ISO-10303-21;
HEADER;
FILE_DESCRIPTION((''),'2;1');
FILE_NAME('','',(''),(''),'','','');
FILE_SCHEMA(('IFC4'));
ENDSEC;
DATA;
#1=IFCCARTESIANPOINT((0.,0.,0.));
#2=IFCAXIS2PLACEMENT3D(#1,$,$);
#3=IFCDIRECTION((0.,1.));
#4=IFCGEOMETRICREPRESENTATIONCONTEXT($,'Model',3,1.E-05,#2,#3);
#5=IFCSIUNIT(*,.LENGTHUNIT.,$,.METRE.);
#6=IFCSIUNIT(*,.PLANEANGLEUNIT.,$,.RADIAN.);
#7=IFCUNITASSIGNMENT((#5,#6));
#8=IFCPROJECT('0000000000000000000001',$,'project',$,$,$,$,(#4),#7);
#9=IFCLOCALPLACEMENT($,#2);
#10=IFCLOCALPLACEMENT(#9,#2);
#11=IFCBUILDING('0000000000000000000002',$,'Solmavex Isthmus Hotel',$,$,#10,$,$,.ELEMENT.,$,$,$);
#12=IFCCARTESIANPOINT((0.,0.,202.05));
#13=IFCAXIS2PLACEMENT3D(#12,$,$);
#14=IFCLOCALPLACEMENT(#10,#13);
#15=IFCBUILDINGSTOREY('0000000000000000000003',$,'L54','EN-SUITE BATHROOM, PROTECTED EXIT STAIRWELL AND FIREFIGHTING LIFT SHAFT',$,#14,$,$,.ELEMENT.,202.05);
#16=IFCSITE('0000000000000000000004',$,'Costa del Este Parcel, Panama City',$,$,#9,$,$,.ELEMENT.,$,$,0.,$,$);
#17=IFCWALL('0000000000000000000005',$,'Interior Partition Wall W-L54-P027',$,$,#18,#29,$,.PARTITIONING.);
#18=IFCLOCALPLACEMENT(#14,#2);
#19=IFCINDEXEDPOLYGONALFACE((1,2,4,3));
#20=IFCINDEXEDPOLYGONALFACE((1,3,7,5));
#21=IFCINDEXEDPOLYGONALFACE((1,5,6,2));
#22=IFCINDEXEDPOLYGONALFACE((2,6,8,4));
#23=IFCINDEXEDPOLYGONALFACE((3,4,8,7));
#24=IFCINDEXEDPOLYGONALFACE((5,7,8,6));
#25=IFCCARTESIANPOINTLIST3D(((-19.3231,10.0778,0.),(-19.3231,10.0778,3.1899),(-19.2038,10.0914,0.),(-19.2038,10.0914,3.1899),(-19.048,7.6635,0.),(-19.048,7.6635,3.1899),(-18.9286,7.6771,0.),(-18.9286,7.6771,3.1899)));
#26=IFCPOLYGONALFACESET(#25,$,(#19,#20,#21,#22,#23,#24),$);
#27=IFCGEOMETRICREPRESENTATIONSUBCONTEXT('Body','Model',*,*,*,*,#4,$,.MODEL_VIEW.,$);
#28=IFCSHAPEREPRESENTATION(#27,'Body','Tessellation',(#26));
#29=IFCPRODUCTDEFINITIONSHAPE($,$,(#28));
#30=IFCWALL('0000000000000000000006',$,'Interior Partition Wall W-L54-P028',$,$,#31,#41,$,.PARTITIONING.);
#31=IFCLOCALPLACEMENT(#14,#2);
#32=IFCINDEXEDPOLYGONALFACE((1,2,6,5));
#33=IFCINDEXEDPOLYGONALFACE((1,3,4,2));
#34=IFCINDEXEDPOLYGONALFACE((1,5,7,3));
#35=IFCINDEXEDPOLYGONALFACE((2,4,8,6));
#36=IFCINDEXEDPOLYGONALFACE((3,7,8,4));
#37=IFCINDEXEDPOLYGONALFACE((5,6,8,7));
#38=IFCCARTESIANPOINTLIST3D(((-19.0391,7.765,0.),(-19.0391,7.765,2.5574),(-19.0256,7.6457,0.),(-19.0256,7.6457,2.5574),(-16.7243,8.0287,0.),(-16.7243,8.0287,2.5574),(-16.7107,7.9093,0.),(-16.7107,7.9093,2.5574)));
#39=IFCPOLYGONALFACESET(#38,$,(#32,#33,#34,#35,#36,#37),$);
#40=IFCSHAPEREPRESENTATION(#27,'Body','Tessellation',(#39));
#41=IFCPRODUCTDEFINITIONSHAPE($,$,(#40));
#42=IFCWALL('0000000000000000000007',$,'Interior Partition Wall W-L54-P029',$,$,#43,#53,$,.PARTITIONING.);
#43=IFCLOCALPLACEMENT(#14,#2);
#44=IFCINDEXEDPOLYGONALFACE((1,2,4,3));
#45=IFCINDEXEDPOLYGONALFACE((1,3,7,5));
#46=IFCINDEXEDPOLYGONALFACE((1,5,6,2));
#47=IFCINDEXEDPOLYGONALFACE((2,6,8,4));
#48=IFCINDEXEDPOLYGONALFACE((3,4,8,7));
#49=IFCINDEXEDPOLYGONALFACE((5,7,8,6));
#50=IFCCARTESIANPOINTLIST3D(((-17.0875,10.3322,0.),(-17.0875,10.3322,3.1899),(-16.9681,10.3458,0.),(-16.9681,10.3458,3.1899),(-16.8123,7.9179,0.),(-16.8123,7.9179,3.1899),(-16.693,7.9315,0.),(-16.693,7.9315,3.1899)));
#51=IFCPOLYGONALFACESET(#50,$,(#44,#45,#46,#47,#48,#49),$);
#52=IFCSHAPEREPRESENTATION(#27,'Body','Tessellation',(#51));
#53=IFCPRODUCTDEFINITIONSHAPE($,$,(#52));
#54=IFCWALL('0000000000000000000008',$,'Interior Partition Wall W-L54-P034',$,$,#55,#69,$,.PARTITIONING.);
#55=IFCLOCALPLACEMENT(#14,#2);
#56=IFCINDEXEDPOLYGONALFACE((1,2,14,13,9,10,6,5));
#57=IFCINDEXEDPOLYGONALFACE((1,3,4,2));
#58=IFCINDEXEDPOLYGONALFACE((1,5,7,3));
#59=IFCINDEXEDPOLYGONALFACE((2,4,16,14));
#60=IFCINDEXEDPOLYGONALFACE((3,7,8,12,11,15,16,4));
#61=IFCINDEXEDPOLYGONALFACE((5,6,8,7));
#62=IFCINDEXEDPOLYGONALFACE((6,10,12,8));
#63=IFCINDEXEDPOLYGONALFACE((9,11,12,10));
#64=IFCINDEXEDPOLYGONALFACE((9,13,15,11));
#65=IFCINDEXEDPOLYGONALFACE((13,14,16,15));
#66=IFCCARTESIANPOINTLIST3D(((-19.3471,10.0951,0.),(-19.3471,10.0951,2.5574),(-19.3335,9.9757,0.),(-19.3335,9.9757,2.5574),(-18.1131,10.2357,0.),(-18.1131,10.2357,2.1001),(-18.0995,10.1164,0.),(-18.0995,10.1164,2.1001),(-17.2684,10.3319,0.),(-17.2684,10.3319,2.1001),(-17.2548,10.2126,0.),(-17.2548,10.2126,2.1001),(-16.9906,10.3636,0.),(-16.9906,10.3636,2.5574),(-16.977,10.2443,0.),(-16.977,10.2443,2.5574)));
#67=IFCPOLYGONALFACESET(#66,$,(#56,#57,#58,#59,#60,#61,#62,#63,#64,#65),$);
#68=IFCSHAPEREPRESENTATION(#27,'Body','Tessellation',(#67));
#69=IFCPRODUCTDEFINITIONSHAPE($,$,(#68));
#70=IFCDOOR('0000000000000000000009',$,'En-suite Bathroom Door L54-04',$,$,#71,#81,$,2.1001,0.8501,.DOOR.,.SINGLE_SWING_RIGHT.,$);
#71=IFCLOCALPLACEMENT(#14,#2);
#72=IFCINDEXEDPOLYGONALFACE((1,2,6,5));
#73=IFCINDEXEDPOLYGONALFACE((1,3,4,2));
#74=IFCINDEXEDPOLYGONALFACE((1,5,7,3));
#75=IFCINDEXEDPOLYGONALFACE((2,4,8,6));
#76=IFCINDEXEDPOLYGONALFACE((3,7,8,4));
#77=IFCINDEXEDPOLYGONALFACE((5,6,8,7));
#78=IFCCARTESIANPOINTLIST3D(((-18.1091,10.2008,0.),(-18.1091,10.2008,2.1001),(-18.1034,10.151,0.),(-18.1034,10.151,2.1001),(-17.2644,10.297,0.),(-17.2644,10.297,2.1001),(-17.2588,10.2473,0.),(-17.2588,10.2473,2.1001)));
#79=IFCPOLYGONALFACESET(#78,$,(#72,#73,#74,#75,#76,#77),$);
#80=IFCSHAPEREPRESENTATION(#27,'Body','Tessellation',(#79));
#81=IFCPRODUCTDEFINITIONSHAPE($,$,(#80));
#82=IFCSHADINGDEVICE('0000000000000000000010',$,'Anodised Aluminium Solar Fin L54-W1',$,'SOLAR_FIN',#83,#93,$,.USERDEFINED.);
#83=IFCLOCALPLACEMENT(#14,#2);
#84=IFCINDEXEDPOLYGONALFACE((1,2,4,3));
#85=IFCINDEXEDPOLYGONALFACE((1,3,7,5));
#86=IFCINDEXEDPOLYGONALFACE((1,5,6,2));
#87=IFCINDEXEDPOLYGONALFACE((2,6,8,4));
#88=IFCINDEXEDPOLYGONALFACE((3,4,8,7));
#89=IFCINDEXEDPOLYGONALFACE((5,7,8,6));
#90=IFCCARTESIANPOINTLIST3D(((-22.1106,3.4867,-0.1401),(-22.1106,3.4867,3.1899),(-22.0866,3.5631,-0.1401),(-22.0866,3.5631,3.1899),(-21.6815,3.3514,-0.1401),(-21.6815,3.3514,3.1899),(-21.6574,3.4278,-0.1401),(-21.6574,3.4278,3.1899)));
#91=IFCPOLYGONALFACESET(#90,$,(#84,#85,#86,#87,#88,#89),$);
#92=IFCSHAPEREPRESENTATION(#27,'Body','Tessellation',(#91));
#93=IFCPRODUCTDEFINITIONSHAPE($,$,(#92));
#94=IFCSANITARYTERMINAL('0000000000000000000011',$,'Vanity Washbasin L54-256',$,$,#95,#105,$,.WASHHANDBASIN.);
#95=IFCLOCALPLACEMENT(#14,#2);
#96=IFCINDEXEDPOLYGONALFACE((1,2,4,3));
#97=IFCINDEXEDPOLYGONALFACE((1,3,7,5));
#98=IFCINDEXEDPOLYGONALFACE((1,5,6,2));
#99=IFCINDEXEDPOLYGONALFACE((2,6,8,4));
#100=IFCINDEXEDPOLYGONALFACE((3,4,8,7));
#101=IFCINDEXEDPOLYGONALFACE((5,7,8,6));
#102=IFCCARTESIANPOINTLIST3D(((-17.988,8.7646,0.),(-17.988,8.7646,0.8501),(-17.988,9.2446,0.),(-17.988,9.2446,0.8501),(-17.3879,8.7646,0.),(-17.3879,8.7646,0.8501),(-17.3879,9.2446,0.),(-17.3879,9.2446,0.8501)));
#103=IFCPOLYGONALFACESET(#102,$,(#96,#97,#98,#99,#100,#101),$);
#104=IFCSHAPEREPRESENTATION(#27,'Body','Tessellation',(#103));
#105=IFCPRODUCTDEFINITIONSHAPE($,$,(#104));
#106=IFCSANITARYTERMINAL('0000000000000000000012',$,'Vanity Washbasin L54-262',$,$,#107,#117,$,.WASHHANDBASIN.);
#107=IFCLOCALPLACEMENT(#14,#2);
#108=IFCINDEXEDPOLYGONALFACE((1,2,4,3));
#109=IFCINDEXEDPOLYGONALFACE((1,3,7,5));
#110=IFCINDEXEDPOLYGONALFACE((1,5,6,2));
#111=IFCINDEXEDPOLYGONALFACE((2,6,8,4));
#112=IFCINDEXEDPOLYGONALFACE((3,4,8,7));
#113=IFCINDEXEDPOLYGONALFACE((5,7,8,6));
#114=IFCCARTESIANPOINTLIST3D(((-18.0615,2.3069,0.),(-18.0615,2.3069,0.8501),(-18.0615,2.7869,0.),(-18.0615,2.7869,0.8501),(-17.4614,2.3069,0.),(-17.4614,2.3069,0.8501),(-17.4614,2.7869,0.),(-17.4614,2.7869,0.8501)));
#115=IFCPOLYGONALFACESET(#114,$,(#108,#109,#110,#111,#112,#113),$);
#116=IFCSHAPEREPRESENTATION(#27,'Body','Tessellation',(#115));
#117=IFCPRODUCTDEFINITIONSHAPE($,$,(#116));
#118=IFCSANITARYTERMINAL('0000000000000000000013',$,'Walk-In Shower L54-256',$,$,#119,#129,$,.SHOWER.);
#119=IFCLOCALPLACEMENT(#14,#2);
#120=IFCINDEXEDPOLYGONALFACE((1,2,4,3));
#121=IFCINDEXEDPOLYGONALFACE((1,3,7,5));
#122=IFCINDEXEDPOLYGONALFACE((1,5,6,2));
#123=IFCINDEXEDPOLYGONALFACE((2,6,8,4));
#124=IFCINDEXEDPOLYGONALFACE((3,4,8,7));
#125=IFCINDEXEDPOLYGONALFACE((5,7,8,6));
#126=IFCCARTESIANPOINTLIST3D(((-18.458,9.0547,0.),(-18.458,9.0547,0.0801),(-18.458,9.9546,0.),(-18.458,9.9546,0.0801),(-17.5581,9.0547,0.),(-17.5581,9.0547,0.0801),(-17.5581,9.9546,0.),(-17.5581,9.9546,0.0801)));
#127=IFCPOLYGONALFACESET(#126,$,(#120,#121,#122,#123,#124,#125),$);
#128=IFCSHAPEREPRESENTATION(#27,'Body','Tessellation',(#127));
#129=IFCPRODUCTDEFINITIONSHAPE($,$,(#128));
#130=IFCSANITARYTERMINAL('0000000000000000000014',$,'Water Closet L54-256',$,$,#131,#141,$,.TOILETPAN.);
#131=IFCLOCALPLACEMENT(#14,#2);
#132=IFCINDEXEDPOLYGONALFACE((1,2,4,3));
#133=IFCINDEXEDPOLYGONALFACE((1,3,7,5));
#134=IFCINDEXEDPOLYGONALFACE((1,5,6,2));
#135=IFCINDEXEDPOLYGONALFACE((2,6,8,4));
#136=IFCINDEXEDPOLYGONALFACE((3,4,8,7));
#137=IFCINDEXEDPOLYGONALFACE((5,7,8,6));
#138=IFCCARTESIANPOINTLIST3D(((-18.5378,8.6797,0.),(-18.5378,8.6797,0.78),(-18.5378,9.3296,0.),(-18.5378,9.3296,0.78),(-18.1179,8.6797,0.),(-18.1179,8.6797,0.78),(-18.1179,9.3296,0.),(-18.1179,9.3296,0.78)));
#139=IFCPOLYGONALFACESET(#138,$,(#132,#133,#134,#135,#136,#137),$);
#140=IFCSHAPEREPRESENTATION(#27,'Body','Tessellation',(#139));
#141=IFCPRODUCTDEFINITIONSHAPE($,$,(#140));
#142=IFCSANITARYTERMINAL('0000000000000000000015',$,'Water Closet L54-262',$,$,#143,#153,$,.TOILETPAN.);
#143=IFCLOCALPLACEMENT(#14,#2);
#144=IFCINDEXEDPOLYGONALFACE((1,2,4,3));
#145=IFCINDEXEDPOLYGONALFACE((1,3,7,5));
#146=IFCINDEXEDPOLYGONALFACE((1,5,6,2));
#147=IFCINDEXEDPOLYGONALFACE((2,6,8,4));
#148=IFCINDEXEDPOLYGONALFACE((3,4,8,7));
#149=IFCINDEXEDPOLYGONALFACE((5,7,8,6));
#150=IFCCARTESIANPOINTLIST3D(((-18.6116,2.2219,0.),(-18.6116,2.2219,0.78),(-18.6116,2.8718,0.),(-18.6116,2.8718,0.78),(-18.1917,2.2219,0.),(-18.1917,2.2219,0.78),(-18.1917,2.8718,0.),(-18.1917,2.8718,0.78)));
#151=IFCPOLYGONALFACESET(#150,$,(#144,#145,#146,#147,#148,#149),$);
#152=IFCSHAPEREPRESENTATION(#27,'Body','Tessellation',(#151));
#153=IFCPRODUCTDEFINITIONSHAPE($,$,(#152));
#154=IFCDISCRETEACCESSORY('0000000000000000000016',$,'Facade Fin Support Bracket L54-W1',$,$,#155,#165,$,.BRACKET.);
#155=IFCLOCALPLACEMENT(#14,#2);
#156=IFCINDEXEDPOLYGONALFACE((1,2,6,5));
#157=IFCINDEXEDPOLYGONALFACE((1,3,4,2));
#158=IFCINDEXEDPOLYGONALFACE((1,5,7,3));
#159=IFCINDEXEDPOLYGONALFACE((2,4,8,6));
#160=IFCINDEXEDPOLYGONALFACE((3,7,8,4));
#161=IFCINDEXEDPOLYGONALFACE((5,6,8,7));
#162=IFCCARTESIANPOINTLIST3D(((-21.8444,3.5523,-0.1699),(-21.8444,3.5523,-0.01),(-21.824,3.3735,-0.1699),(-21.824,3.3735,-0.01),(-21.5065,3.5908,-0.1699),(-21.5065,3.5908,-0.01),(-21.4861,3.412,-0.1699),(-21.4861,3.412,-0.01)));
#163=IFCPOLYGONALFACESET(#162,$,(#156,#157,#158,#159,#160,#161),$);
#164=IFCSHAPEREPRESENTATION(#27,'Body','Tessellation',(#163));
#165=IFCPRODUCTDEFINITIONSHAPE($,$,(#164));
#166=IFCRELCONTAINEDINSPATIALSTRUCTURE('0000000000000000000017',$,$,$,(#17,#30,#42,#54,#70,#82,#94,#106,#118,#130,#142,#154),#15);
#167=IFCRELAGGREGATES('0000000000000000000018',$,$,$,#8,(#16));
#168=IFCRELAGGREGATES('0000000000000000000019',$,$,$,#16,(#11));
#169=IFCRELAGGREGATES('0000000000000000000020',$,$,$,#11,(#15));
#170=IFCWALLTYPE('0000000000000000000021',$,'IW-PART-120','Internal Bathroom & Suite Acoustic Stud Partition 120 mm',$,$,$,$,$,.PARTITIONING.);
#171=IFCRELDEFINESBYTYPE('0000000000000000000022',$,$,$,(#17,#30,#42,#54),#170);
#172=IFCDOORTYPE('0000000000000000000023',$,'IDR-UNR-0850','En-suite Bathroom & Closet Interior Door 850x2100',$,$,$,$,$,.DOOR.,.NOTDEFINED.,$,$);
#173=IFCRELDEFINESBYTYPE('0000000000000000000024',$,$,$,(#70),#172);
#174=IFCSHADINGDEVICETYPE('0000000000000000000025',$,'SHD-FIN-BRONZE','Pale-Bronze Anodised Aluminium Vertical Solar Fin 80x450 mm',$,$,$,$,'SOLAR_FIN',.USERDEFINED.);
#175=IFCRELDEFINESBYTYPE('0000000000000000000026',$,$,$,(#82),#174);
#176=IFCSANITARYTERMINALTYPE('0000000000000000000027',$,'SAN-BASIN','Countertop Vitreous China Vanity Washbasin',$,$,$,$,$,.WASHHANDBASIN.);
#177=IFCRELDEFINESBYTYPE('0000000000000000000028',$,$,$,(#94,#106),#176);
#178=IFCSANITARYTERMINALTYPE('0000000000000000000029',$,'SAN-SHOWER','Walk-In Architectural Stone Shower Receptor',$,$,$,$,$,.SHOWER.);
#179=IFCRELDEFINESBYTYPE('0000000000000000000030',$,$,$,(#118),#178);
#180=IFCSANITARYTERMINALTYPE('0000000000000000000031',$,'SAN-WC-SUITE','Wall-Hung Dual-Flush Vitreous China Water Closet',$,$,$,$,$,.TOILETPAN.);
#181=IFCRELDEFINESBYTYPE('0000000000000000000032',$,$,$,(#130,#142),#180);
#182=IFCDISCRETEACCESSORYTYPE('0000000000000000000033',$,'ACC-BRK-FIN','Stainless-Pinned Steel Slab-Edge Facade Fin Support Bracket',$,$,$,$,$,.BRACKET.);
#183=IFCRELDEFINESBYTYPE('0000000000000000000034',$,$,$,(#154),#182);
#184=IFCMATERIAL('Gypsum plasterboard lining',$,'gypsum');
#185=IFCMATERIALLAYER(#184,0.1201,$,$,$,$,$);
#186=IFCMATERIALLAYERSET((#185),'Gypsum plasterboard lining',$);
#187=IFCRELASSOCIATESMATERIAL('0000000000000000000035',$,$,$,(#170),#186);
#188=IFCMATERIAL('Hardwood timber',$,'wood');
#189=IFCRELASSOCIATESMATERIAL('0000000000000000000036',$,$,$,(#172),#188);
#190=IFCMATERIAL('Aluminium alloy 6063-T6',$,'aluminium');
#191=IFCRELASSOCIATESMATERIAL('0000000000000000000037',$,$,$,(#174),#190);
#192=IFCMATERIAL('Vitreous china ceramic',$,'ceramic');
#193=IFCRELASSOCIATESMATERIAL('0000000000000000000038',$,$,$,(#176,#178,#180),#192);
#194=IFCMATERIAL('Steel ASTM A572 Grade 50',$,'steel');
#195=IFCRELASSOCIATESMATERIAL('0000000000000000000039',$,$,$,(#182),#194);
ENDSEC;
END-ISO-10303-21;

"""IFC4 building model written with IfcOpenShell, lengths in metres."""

from ifc_helpers import new_model, si_unit, direction, frame, frame_2d, origin, origin_2d, place, context, subcontext, project, spatial, rectangle, extrude, material, layer, layer_set, type_object, element, fill, save


model = new_model("IFC4")

# Units and contexts
model_context = context("Model", 3, precision=1e-05, world=origin(), true_north=direction((0.0, 1.0)))
body_context = subcontext(model_context, "Body", "Model", "MODEL_VIEW")
ifc_project = project(units=[si_unit("LENGTHUNIT", "METRE"), si_unit("PLANEANGLEUNIT", "RADIAN")], contexts=[model_context])

# Site, building, storey
site_placement = place(None, origin())
site = spatial("IfcSite", under=ifc_project, at=site_placement, Name="Costa del Este Parcel, Panama City", CompositionType="ELEMENT", RefElevation=0.0)
building_placement = place(site_placement, origin())
building = spatial("IfcBuilding", under=site, at=building_placement, Name="Solmavex Isthmus Hotel", CompositionType="ELEMENT")
storey_placement = place(building_placement, frame((0.0, 0.0, 202.05)))
storey = spatial("IfcBuildingStorey", under=building, at=storey_placement, Name="L54", Description="EN-SUITE BATHROOM, PROTECTED EXIT STAIRWELL AND FIREFIGHTING LIFT SHAFT", CompositionType="ELEMENT", Elevation=202.05)

# Shared definitions
ifc_material_1 = material(Name="Aluminium alloy 6063-T6", Category="aluminium")

# Shared definitions
ifc_material_2 = material(Name="Gypsum plasterboard lining", Category="gypsum")
ifc_material_3 = material(Name="Hardwood timber", Category="wood")

# Walls
ifc_layer_1 = layer(ifc_material_2, 0.1201)
ifc_layer_set_1 = layer_set([ifc_layer_1], Name="Gypsum plasterboard lining")
wall_type_1 = type_object("IfcWallType", Name="IW-PART-120", Description="Internal Bathroom & Suite Acoustic Stud Partition 120 mm", PredefinedType="PARTITIONING", material=ifc_layer_set_1)
wall_1_placement = place(storey_placement, frame((-19.2634, 10.0845, 0.0), z_axis=(0.0, 0.0, 1.0), x_axis=(0.113232, -0.993569, 0.0)))
element("IfcWall", 1, at=wall_1_placement, inside=storey, type_object=wall_type_1, Name="Interior Partition Wall W-L54-P027", PredefinedType="PARTITIONING", context=body_context, shape_type="SweptSolid", body=[
    extrude(rectangle(XDim=2.4299, YDim=0.1201, at=frame_2d((1.2148, 0.0))), origin(), (0.0, 0.0, 1.0), 3.1899),
])
wall_2_placement = place(storey_placement, frame((-19.0325, 7.7053, 0.0), z_axis=(0.0, 0.0, 1.0), x_axis=(0.993576, 0.113168, 0.0)))
element("IfcWall", 2, at=wall_2_placement, inside=storey, type_object=wall_type_1, Name="Interior Partition Wall W-L54-P028", PredefinedType="PARTITIONING", context=body_context, shape_type="SweptSolid", body=[
    extrude(rectangle(XDim=2.3298, YDim=0.1201, at=frame_2d((1.165, 0.0))), origin(), (0.0, 0.0, 1.0), 2.5574),
])
wall_3_placement = place(storey_placement, frame((-16.7527, 7.9248, 0.0), z_axis=(0.0, 0.0, 1.0), x_axis=(-0.113232, 0.993569, 0.0)))
element("IfcWall", 3, at=wall_3_placement, inside=storey, type_object=wall_type_1, Name="Interior Partition Wall W-L54-P029", PredefinedType="PARTITIONING", context=body_context, shape_type="SweptSolid", body=[
    extrude(rectangle(XDim=2.4299, YDim=0.1201, at=frame_2d((1.2148, 0.0))), origin(), (0.0, 0.0, 1.0), 3.1899),
])

# Wall, opening, door
wall_4_placement = place(storey_placement, frame((-16.9836, 10.304, 0.0), z_axis=(0.0, 0.0, 1.0), x_axis=(-0.99357, -0.113221, 0.0)))
wall_4 = element("IfcWall", 4, at=wall_4_placement, inside=storey, type_object=wall_type_1, Name="Interior Partition Wall W-L54-P034", PredefinedType="PARTITIONING", context=body_context, shape_type="SweptSolid", body=[
    extrude(rectangle(XDim=2.3718, YDim=0.1201, at=frame_2d((1.186, 0.0))), origin(), (0.0, 0.0, 1.0), 2.5574),
])
opening_1_placement = place(wall_4_placement, frame((0.2798, 0.0, 0.0)))
opening_1 = element("IfcOpeningElement", 5, at=opening_1_placement, cuts=wall_4, PredefinedType="OPENING", context=body_context, shape_type="SweptSolid", body=[
    extrude(rectangle(XDim=0.8501, YDim=2.1001, at=frame_2d((0.425, 1.05))), frame((0.0, 0.0701, 0.0), z_axis=(0.0, -1.0, 0.0), x_axis=(1.0, 0.0, 0.0)), (0.0, 0.0, 1.0), 0.1401),
])
door_type_1 = type_object("IfcDoorType", Name="IDR-UNR-0850", Description="En-suite Bathroom & Closet Interior Door 850x2100", OperationType="NOTDEFINED", PredefinedType="DOOR", material=ifc_material_3)
door_1_placement = place(opening_1_placement, frame((0.8501, 0.0, 0.0), z_axis=(0.0, 0.0, 1.0), x_axis=(-1.0, 0.0, 0.0)))
door_1 = element("IfcDoor", 6, at=door_1_placement, inside=storey, type_object=door_type_1, Name="En-suite Bathroom Door L54-04", OperationType="SINGLE_SWING_RIGHT", OverallHeight=2.1001, OverallWidth=0.8501, PredefinedType="DOOR", context=body_context, shape_type="SweptSolid", body=[
    extrude(rectangle(XDim=0.8501, YDim=2.1001, at=frame_2d((0.425, 1.05))), frame((0.0, 0.0249, 0.0), z_axis=(0.0, -1.0, 0.0), x_axis=(1.0, 0.0, 0.0)), (0.0, 0.0, 1.0), 0.05),
])
fill(opening_1, door_1)

# Shading device
shading_device_type = type_object("IfcShadingDeviceType", Name="SHD-FIN-BRONZE", Description="Pale-Bronze Anodised Aluminium Vertical Solar Fin 80x450 mm", ElementType="SOLAR_FIN", PredefinedType="USERDEFINED", material=ifc_material_1)
shading_device_placement = place(storey_placement, frame((-21.884, 3.4573, -0.1401), z_axis=(0.0, 0.0, 1.0), x_axis=(-0.953717, 0.300706, 0.0)))
element("IfcShadingDevice", 7, at=shading_device_placement, inside=storey, type_object=shading_device_type, Name="Anodised Aluminium Solar Fin L54-W1", ObjectType="SOLAR_FIN", PredefinedType="USERDEFINED", context=body_context, shape_type="SweptSolid", body=[
    extrude(rectangle(XDim=0.45, YDim=0.0801, at=origin_2d()), origin(), (0.0, 0.0, 1.0), 3.3301),
])

# Sanitary terminals
ifc_material_4 = material(Name="Vitreous china ceramic", Category="ceramic")
sanitary_terminal_type_1 = type_object("IfcSanitaryTerminalType", Name="SAN-BASIN", Description="Countertop Vitreous China Vanity Washbasin", PredefinedType="WASHHANDBASIN", material=ifc_material_4)
for number, where, z_axis, x_axis, name in (
    (8, (-17.688, 9.0046, 0.0), (0.0, 0.0, 1.0), (1.0, 0.0, 0.0), "Vanity Washbasin L54-256"),
    (9, (-17.7615, 2.5469, 0.0), (0.0, 0.0, 1.0), (1.0, 0.0, 0.0), "Vanity Washbasin L54-262"),
):
    element("IfcSanitaryTerminal", number, at=place(storey_placement, frame(where, z_axis=z_axis, x_axis=x_axis)), inside=storey, type_object=sanitary_terminal_type_1, Name=name, PredefinedType="WASHHANDBASIN", context=body_context, shape_type="SweptSolid", body=[
        extrude(rectangle(XDim=0.6001, YDim=0.48, at=origin_2d()), origin(), (0.0, 0.0, 1.0), 0.8501),
    ])
sanitary_terminal_type_2 = type_object("IfcSanitaryTerminalType", Name="SAN-SHOWER", Description="Walk-In Architectural Stone Shower Receptor", PredefinedType="SHOWER", material=ifc_material_4)
sanitary_terminal_placement = place(storey_placement, frame((-18.0081, 9.5046, 0.0), z_axis=(0.0, 0.0, 1.0), x_axis=(1.0, 0.0, 0.0)))
element("IfcSanitaryTerminal", 10, at=sanitary_terminal_placement, inside=storey, type_object=sanitary_terminal_type_2, Name="Walk-In Shower L54-256", PredefinedType="SHOWER", context=body_context, shape_type="SweptSolid", body=[
    extrude(rectangle(XDim=0.8999, YDim=0.8999, at=origin_2d()), origin(), (0.0, 0.0, 1.0), 0.0801),
])
sanitary_terminal_type_3 = type_object("IfcSanitaryTerminalType", Name="SAN-WC-SUITE", Description="Wall-Hung Dual-Flush Vitreous China Water Closet", PredefinedType="TOILETPAN", material=ifc_material_4)
for number, where, z_axis, x_axis, name in (
    (11, (-18.3279, 9.0046, 0.0), (0.0, 0.0, 1.0), (1.0, 0.0, 0.0), "Water Closet L54-256"),
    (12, (-18.4016, 2.5469, 0.0), (0.0, 0.0, 1.0), (1.0, 0.0, 0.0), "Water Closet L54-262"),
):
    element("IfcSanitaryTerminal", number, at=place(storey_placement, frame(where, z_axis=z_axis, x_axis=x_axis)), inside=storey, type_object=sanitary_terminal_type_3, Name=name, PredefinedType="TOILETPAN", context=body_context, shape_type="SweptSolid", body=[
        extrude(rectangle(XDim=0.4199, YDim=0.6499, at=origin_2d()), origin(), (0.0, 0.0, 1.0), 0.78),
    ])

# Discrete accessory
ifc_material_5 = material(Name="Steel ASTM A572 Grade 50", Category="steel")
discrete_accessory_type = type_object("IfcDiscreteAccessoryType", Name="ACC-BRK-FIN", Description="Stainless-Pinned Steel Slab-Edge Facade Fin Support Bracket", PredefinedType="BRACKET", material=ifc_material_5)
discrete_accessory_placement = place(storey_placement, frame((-21.6653, 3.4822, -0.1699), z_axis=(0.0, 0.0, 1.0), x_axis=(-0.993572, -0.113203, 0.0)))
element("IfcDiscreteAccessory", 13, at=discrete_accessory_placement, inside=storey, type_object=discrete_accessory_type, Name="Facade Fin Support Bracket L54-W1", PredefinedType="BRACKET", context=body_context, shape_type="SweptSolid", body=[
    extrude(rectangle(XDim=0.3401, YDim=0.1799, at=origin_2d()), origin(), (0.0, 0.0, 1.0), 0.1599),
])

save(model, "model.ifc")
